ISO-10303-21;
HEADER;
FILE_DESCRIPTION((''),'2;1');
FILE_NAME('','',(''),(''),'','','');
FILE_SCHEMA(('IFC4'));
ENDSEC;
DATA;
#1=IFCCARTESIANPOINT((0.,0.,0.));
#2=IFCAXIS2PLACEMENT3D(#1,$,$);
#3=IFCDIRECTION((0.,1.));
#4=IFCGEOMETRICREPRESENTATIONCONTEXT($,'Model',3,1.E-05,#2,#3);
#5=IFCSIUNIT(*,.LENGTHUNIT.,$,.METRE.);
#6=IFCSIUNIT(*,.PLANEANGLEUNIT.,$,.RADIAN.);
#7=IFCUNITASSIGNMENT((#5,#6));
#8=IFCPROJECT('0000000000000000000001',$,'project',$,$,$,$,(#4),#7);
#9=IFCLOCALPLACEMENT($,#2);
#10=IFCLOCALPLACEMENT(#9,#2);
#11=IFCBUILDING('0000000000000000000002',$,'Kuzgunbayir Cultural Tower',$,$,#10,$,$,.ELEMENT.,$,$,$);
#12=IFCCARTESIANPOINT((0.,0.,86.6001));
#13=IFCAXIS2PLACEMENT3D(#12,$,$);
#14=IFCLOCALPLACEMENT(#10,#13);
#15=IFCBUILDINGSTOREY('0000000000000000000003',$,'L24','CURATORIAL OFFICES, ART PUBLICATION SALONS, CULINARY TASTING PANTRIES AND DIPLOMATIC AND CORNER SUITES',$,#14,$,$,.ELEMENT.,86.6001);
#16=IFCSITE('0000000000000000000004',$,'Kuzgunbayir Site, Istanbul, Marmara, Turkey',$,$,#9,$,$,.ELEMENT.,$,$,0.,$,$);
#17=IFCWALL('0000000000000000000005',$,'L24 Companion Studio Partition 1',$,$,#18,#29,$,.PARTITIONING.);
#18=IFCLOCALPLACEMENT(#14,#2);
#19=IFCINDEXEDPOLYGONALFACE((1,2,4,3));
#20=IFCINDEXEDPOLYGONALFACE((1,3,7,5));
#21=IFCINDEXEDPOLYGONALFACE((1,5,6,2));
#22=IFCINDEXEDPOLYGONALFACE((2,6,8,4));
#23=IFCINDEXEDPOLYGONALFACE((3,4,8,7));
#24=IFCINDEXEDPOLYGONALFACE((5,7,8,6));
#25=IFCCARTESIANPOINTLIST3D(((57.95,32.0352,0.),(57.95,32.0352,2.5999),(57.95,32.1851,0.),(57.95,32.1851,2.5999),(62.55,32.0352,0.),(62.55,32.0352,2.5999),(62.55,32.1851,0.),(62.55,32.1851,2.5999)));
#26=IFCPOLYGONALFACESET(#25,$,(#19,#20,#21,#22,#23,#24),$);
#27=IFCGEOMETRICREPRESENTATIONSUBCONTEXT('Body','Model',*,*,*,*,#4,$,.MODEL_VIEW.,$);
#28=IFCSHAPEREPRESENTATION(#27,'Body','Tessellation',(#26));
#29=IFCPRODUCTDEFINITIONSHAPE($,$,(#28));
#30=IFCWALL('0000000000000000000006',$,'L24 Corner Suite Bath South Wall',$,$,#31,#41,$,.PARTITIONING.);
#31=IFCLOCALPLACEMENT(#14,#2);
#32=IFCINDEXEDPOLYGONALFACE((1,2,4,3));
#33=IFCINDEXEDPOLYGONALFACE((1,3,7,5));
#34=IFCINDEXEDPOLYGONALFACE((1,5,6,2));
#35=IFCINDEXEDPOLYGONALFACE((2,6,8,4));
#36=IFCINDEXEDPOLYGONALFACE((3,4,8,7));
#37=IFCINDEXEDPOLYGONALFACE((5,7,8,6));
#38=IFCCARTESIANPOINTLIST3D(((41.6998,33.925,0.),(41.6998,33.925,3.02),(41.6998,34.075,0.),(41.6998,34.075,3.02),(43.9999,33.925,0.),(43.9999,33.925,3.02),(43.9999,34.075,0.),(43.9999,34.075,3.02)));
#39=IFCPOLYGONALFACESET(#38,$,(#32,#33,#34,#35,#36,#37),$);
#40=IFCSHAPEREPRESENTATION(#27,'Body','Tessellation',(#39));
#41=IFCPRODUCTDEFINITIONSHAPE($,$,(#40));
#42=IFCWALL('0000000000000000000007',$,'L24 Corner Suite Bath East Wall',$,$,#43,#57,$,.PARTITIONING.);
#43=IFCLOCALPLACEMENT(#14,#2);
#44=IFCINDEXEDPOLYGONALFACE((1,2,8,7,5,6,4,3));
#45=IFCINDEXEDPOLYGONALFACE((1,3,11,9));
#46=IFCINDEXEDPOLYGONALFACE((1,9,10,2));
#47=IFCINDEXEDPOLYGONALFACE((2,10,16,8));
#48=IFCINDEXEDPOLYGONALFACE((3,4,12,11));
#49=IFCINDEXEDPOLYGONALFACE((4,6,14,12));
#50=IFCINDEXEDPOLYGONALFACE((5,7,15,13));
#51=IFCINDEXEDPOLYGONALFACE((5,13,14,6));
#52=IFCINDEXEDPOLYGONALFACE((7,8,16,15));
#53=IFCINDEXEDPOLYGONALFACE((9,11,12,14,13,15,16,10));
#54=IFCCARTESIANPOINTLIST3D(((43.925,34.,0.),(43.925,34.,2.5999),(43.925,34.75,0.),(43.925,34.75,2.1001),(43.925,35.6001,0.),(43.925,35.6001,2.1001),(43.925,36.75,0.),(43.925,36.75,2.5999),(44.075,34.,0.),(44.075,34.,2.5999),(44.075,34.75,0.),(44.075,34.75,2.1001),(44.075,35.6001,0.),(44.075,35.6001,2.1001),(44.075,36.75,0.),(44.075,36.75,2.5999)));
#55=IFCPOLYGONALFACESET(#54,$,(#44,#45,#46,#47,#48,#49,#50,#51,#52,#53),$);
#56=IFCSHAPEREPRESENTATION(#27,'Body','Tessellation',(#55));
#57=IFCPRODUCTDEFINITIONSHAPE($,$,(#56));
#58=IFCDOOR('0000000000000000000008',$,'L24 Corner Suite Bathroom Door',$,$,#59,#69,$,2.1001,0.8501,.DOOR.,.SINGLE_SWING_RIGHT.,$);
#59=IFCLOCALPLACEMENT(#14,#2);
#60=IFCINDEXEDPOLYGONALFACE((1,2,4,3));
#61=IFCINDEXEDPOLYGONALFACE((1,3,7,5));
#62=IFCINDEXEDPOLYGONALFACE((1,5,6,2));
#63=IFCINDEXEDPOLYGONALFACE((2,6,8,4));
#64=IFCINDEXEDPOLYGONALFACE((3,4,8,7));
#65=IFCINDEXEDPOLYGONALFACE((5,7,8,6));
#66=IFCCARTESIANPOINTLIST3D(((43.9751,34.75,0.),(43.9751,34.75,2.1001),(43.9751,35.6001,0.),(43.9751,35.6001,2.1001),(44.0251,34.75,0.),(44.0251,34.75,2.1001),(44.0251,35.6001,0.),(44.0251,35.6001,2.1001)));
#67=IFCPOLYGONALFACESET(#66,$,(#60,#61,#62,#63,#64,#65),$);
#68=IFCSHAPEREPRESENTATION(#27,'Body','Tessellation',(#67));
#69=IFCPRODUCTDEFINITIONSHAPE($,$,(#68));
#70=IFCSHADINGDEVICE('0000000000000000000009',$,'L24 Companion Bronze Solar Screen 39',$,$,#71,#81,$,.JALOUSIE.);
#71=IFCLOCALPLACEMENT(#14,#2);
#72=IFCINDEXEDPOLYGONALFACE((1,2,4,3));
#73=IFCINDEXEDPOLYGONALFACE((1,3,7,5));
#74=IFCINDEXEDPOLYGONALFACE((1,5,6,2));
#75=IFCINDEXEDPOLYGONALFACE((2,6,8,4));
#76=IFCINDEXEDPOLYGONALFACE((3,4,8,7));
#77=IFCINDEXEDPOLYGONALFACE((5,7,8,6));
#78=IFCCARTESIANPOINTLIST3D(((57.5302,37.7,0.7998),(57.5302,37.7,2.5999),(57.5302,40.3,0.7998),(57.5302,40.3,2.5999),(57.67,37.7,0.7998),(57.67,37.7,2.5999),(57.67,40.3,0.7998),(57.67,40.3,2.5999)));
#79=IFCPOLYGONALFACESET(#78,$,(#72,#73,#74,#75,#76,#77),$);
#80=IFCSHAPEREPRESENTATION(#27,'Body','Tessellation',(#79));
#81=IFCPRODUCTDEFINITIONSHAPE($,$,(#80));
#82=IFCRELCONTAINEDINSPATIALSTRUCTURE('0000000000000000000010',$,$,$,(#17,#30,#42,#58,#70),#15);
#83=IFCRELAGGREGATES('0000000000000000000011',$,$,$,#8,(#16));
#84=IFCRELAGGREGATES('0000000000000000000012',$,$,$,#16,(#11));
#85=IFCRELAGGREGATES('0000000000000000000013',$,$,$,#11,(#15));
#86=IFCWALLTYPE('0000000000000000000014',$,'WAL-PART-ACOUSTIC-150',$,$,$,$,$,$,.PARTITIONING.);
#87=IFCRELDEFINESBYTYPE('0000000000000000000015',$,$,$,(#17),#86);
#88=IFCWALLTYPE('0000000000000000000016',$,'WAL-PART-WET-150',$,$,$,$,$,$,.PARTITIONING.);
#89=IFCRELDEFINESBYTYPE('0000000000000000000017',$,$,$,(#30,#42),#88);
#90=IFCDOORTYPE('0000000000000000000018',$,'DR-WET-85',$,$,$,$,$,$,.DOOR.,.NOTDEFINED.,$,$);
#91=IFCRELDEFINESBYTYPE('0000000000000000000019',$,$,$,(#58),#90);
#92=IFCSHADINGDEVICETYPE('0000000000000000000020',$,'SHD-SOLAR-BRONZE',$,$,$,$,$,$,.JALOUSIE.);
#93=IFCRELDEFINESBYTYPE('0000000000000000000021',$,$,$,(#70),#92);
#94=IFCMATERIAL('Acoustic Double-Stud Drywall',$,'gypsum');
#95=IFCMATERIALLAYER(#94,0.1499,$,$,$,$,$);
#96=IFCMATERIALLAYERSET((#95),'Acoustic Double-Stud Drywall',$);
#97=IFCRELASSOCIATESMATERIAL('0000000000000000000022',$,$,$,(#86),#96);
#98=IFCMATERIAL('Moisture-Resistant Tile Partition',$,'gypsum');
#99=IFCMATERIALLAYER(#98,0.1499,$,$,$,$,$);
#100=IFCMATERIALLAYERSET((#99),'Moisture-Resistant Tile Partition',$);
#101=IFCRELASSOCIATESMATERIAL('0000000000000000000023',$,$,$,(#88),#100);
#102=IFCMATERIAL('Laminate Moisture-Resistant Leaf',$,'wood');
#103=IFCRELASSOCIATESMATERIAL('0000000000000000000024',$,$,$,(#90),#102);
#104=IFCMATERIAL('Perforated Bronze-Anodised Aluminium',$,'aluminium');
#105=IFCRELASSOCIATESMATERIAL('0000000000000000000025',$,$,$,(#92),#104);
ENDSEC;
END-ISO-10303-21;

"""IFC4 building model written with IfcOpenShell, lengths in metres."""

from ifc_helpers import new_model, si_unit, direction, frame, frame_2d, origin, origin_2d, place, context, subcontext, project, spatial, rectangle, extrude, material, layer, layer_set, type_object, element, fill, save


model = new_model("IFC4")

# Units and contexts
model_context = context("Model", 3, precision=1e-05, world=origin(), true_north=direction((0.0, 1.0)))
body_context = subcontext(model_context, "Body", "Model", "MODEL_VIEW")
ifc_project = project(units=[si_unit("LENGTHUNIT", "METRE"), si_unit("PLANEANGLEUNIT", "RADIAN")], contexts=[model_context])

# Site, building, storey
site_placement = place(None, origin())
site = spatial("IfcSite", under=ifc_project, at=site_placement, Name="Kuzgunbayir Site, Istanbul, Marmara, Turkey", CompositionType="ELEMENT", RefElevation=0.0)
building_placement = place(site_placement, origin())
building = spatial("IfcBuilding", under=site, at=building_placement, Name="Kuzgunbayir Cultural Tower", CompositionType="ELEMENT")
storey_placement = place(building_placement, frame((0.0, 0.0, 86.6001)))
storey = spatial("IfcBuildingStorey", under=building, at=storey_placement, Name="L24", Description="CURATORIAL OFFICES, ART PUBLICATION SALONS, CULINARY TASTING PANTRIES AND DIPLOMATIC AND CORNER SUITES", CompositionType="ELEMENT", Elevation=86.6001)

# Shared definitions
ifc_material_1 = material(Name="Acoustic Double-Stud Drywall", Category="gypsum")
ifc_layer_1 = layer(ifc_material_1, 0.1499)
ifc_layer_set_1 = layer_set([ifc_layer_1], Name="Acoustic Double-Stud Drywall")
wall_type_1 = type_object("IfcWallType", Name="WAL-PART-ACOUSTIC-150", PredefinedType="PARTITIONING", material=ifc_layer_set_1)

# Wall
wall_1_placement = place(storey_placement, frame((57.95, 32.1101, 0.0), z_axis=(0.0, 0.0, 1.0), x_axis=(1.0, 0.0, 0.0)))
element("IfcWall", 1, at=wall_1_placement, inside=storey, type_object=wall_type_1, Name="L24 Companion Studio Partition 1", PredefinedType="PARTITIONING", context=body_context, shape_type="SweptSolid", body=[
    extrude(rectangle(XDim=4.6001, YDim=0.1499, at=frame_2d((2.3, 0.0))), origin(), (0.0, 0.0, 1.0), 2.5999),
])

# Shared definitions
ifc_material_2 = material(Name="Moisture-Resistant Tile Partition", Category="gypsum")
ifc_layer_2 = layer(ifc_material_2, 0.1499)
ifc_layer_set_2 = layer_set([ifc_layer_2], Name="Moisture-Resistant Tile Partition")
wall_type_2 = type_object("IfcWallType", Name="WAL-PART-WET-150", PredefinedType="PARTITIONING", material=ifc_layer_set_2)

# Wall
wall_2_placement = place(storey_placement, frame((41.7, 34.0, 0.0), z_axis=(0.0, 0.0, 1.0), x_axis=(1.0, 0.0, 0.0)))
element("IfcWall", 2, at=wall_2_placement, inside=storey, type_object=wall_type_2, Name="L24 Corner Suite Bath South Wall", PredefinedType="PARTITIONING", context=body_context, shape_type="SweptSolid", body=[
    extrude(rectangle(XDim=2.3, YDim=0.1499, at=frame_2d((1.1499, 0.0))), origin(), (0.0, 0.0, 1.0), 3.02),
])

# Wall, opening, door
wall_3_placement = place(storey_placement, frame((44.0, 34.0, 0.0), z_axis=(0.0, 0.0, 1.0), x_axis=(0.0, 1.0, 0.0)))
wall_3 = element("IfcWall", 3, at=wall_3_placement, inside=storey, type_object=wall_type_2, Name="L24 Corner Suite Bath East Wall", PredefinedType="PARTITIONING", context=body_context, shape_type="SweptSolid", body=[
    extrude(rectangle(XDim=2.75, YDim=0.1499, at=frame_2d((1.375, 0.0))), origin(), (0.0, 0.0, 1.0), 2.5999),
])
opening_1_placement = place(wall_3_placement, frame((0.75, 0.0, 0.0)))
opening_1 = element("IfcOpeningElement", 4, at=opening_1_placement, cuts=wall_3, PredefinedType="OPENING", context=body_context, shape_type="SweptSolid", body=[
    extrude(rectangle(XDim=0.8501, YDim=2.1001, at=frame_2d((0.425, 1.05))), frame((0.0, 0.085, 0.0), z_axis=(0.0, -1.0, 0.0), x_axis=(1.0, 0.0, 0.0)), (0.0, 0.0, 1.0), 0.1699),
])
ifc_material_3 = material(Name="Laminate Moisture-Resistant Leaf", Category="wood")
door_type_1 = type_object("IfcDoorType", Name="DR-WET-85", OperationType="NOTDEFINED", PredefinedType="DOOR", material=ifc_material_3)
door_1_placement = place(opening_1_placement, origin())
door_1 = element("IfcDoor", 5, at=door_1_placement, inside=storey, type_object=door_type_1, Name="L24 Corner Suite Bathroom Door", OperationType="SINGLE_SWING_RIGHT", OverallHeight=2.1001, OverallWidth=0.8501, PredefinedType="DOOR", context=body_context, shape_type="SweptSolid", body=[
    extrude(rectangle(XDim=0.8501, YDim=2.1001, at=frame_2d((0.425, 1.05))), frame((0.0, 0.0249, 0.0), z_axis=(0.0, -1.0, 0.0), x_axis=(1.0, 0.0, 0.0)), (0.0, 0.0, 1.0), 0.05),
])
fill(opening_1, door_1)

# Shading device
ifc_material_4 = material(Name="Perforated Bronze-Anodised Aluminium", Category="aluminium")
shading_device_type = type_object("IfcShadingDeviceType", Name="SHD-SOLAR-BRONZE", PredefinedType="JALOUSIE", material=ifc_material_4)
shading_device_placement = place(storey_placement, frame((57.6001, 39.0, 0.7998), z_axis=(0.0, 0.0, 1.0), x_axis=(1.0, 0.0, 0.0)))
element("IfcShadingDevice", 6, at=shading_device_placement, inside=storey, type_object=shading_device_type, Name="L24 Companion Bronze Solar Screen 39", PredefinedType="JALOUSIE", context=body_context, shape_type="SweptSolid", body=[
    extrude(rectangle(XDim=0.1399, YDim=2.6001, at=origin_2d()), origin(), (0.0, 0.0, 1.0), 1.8),
])

save(model, "model.ifc")
